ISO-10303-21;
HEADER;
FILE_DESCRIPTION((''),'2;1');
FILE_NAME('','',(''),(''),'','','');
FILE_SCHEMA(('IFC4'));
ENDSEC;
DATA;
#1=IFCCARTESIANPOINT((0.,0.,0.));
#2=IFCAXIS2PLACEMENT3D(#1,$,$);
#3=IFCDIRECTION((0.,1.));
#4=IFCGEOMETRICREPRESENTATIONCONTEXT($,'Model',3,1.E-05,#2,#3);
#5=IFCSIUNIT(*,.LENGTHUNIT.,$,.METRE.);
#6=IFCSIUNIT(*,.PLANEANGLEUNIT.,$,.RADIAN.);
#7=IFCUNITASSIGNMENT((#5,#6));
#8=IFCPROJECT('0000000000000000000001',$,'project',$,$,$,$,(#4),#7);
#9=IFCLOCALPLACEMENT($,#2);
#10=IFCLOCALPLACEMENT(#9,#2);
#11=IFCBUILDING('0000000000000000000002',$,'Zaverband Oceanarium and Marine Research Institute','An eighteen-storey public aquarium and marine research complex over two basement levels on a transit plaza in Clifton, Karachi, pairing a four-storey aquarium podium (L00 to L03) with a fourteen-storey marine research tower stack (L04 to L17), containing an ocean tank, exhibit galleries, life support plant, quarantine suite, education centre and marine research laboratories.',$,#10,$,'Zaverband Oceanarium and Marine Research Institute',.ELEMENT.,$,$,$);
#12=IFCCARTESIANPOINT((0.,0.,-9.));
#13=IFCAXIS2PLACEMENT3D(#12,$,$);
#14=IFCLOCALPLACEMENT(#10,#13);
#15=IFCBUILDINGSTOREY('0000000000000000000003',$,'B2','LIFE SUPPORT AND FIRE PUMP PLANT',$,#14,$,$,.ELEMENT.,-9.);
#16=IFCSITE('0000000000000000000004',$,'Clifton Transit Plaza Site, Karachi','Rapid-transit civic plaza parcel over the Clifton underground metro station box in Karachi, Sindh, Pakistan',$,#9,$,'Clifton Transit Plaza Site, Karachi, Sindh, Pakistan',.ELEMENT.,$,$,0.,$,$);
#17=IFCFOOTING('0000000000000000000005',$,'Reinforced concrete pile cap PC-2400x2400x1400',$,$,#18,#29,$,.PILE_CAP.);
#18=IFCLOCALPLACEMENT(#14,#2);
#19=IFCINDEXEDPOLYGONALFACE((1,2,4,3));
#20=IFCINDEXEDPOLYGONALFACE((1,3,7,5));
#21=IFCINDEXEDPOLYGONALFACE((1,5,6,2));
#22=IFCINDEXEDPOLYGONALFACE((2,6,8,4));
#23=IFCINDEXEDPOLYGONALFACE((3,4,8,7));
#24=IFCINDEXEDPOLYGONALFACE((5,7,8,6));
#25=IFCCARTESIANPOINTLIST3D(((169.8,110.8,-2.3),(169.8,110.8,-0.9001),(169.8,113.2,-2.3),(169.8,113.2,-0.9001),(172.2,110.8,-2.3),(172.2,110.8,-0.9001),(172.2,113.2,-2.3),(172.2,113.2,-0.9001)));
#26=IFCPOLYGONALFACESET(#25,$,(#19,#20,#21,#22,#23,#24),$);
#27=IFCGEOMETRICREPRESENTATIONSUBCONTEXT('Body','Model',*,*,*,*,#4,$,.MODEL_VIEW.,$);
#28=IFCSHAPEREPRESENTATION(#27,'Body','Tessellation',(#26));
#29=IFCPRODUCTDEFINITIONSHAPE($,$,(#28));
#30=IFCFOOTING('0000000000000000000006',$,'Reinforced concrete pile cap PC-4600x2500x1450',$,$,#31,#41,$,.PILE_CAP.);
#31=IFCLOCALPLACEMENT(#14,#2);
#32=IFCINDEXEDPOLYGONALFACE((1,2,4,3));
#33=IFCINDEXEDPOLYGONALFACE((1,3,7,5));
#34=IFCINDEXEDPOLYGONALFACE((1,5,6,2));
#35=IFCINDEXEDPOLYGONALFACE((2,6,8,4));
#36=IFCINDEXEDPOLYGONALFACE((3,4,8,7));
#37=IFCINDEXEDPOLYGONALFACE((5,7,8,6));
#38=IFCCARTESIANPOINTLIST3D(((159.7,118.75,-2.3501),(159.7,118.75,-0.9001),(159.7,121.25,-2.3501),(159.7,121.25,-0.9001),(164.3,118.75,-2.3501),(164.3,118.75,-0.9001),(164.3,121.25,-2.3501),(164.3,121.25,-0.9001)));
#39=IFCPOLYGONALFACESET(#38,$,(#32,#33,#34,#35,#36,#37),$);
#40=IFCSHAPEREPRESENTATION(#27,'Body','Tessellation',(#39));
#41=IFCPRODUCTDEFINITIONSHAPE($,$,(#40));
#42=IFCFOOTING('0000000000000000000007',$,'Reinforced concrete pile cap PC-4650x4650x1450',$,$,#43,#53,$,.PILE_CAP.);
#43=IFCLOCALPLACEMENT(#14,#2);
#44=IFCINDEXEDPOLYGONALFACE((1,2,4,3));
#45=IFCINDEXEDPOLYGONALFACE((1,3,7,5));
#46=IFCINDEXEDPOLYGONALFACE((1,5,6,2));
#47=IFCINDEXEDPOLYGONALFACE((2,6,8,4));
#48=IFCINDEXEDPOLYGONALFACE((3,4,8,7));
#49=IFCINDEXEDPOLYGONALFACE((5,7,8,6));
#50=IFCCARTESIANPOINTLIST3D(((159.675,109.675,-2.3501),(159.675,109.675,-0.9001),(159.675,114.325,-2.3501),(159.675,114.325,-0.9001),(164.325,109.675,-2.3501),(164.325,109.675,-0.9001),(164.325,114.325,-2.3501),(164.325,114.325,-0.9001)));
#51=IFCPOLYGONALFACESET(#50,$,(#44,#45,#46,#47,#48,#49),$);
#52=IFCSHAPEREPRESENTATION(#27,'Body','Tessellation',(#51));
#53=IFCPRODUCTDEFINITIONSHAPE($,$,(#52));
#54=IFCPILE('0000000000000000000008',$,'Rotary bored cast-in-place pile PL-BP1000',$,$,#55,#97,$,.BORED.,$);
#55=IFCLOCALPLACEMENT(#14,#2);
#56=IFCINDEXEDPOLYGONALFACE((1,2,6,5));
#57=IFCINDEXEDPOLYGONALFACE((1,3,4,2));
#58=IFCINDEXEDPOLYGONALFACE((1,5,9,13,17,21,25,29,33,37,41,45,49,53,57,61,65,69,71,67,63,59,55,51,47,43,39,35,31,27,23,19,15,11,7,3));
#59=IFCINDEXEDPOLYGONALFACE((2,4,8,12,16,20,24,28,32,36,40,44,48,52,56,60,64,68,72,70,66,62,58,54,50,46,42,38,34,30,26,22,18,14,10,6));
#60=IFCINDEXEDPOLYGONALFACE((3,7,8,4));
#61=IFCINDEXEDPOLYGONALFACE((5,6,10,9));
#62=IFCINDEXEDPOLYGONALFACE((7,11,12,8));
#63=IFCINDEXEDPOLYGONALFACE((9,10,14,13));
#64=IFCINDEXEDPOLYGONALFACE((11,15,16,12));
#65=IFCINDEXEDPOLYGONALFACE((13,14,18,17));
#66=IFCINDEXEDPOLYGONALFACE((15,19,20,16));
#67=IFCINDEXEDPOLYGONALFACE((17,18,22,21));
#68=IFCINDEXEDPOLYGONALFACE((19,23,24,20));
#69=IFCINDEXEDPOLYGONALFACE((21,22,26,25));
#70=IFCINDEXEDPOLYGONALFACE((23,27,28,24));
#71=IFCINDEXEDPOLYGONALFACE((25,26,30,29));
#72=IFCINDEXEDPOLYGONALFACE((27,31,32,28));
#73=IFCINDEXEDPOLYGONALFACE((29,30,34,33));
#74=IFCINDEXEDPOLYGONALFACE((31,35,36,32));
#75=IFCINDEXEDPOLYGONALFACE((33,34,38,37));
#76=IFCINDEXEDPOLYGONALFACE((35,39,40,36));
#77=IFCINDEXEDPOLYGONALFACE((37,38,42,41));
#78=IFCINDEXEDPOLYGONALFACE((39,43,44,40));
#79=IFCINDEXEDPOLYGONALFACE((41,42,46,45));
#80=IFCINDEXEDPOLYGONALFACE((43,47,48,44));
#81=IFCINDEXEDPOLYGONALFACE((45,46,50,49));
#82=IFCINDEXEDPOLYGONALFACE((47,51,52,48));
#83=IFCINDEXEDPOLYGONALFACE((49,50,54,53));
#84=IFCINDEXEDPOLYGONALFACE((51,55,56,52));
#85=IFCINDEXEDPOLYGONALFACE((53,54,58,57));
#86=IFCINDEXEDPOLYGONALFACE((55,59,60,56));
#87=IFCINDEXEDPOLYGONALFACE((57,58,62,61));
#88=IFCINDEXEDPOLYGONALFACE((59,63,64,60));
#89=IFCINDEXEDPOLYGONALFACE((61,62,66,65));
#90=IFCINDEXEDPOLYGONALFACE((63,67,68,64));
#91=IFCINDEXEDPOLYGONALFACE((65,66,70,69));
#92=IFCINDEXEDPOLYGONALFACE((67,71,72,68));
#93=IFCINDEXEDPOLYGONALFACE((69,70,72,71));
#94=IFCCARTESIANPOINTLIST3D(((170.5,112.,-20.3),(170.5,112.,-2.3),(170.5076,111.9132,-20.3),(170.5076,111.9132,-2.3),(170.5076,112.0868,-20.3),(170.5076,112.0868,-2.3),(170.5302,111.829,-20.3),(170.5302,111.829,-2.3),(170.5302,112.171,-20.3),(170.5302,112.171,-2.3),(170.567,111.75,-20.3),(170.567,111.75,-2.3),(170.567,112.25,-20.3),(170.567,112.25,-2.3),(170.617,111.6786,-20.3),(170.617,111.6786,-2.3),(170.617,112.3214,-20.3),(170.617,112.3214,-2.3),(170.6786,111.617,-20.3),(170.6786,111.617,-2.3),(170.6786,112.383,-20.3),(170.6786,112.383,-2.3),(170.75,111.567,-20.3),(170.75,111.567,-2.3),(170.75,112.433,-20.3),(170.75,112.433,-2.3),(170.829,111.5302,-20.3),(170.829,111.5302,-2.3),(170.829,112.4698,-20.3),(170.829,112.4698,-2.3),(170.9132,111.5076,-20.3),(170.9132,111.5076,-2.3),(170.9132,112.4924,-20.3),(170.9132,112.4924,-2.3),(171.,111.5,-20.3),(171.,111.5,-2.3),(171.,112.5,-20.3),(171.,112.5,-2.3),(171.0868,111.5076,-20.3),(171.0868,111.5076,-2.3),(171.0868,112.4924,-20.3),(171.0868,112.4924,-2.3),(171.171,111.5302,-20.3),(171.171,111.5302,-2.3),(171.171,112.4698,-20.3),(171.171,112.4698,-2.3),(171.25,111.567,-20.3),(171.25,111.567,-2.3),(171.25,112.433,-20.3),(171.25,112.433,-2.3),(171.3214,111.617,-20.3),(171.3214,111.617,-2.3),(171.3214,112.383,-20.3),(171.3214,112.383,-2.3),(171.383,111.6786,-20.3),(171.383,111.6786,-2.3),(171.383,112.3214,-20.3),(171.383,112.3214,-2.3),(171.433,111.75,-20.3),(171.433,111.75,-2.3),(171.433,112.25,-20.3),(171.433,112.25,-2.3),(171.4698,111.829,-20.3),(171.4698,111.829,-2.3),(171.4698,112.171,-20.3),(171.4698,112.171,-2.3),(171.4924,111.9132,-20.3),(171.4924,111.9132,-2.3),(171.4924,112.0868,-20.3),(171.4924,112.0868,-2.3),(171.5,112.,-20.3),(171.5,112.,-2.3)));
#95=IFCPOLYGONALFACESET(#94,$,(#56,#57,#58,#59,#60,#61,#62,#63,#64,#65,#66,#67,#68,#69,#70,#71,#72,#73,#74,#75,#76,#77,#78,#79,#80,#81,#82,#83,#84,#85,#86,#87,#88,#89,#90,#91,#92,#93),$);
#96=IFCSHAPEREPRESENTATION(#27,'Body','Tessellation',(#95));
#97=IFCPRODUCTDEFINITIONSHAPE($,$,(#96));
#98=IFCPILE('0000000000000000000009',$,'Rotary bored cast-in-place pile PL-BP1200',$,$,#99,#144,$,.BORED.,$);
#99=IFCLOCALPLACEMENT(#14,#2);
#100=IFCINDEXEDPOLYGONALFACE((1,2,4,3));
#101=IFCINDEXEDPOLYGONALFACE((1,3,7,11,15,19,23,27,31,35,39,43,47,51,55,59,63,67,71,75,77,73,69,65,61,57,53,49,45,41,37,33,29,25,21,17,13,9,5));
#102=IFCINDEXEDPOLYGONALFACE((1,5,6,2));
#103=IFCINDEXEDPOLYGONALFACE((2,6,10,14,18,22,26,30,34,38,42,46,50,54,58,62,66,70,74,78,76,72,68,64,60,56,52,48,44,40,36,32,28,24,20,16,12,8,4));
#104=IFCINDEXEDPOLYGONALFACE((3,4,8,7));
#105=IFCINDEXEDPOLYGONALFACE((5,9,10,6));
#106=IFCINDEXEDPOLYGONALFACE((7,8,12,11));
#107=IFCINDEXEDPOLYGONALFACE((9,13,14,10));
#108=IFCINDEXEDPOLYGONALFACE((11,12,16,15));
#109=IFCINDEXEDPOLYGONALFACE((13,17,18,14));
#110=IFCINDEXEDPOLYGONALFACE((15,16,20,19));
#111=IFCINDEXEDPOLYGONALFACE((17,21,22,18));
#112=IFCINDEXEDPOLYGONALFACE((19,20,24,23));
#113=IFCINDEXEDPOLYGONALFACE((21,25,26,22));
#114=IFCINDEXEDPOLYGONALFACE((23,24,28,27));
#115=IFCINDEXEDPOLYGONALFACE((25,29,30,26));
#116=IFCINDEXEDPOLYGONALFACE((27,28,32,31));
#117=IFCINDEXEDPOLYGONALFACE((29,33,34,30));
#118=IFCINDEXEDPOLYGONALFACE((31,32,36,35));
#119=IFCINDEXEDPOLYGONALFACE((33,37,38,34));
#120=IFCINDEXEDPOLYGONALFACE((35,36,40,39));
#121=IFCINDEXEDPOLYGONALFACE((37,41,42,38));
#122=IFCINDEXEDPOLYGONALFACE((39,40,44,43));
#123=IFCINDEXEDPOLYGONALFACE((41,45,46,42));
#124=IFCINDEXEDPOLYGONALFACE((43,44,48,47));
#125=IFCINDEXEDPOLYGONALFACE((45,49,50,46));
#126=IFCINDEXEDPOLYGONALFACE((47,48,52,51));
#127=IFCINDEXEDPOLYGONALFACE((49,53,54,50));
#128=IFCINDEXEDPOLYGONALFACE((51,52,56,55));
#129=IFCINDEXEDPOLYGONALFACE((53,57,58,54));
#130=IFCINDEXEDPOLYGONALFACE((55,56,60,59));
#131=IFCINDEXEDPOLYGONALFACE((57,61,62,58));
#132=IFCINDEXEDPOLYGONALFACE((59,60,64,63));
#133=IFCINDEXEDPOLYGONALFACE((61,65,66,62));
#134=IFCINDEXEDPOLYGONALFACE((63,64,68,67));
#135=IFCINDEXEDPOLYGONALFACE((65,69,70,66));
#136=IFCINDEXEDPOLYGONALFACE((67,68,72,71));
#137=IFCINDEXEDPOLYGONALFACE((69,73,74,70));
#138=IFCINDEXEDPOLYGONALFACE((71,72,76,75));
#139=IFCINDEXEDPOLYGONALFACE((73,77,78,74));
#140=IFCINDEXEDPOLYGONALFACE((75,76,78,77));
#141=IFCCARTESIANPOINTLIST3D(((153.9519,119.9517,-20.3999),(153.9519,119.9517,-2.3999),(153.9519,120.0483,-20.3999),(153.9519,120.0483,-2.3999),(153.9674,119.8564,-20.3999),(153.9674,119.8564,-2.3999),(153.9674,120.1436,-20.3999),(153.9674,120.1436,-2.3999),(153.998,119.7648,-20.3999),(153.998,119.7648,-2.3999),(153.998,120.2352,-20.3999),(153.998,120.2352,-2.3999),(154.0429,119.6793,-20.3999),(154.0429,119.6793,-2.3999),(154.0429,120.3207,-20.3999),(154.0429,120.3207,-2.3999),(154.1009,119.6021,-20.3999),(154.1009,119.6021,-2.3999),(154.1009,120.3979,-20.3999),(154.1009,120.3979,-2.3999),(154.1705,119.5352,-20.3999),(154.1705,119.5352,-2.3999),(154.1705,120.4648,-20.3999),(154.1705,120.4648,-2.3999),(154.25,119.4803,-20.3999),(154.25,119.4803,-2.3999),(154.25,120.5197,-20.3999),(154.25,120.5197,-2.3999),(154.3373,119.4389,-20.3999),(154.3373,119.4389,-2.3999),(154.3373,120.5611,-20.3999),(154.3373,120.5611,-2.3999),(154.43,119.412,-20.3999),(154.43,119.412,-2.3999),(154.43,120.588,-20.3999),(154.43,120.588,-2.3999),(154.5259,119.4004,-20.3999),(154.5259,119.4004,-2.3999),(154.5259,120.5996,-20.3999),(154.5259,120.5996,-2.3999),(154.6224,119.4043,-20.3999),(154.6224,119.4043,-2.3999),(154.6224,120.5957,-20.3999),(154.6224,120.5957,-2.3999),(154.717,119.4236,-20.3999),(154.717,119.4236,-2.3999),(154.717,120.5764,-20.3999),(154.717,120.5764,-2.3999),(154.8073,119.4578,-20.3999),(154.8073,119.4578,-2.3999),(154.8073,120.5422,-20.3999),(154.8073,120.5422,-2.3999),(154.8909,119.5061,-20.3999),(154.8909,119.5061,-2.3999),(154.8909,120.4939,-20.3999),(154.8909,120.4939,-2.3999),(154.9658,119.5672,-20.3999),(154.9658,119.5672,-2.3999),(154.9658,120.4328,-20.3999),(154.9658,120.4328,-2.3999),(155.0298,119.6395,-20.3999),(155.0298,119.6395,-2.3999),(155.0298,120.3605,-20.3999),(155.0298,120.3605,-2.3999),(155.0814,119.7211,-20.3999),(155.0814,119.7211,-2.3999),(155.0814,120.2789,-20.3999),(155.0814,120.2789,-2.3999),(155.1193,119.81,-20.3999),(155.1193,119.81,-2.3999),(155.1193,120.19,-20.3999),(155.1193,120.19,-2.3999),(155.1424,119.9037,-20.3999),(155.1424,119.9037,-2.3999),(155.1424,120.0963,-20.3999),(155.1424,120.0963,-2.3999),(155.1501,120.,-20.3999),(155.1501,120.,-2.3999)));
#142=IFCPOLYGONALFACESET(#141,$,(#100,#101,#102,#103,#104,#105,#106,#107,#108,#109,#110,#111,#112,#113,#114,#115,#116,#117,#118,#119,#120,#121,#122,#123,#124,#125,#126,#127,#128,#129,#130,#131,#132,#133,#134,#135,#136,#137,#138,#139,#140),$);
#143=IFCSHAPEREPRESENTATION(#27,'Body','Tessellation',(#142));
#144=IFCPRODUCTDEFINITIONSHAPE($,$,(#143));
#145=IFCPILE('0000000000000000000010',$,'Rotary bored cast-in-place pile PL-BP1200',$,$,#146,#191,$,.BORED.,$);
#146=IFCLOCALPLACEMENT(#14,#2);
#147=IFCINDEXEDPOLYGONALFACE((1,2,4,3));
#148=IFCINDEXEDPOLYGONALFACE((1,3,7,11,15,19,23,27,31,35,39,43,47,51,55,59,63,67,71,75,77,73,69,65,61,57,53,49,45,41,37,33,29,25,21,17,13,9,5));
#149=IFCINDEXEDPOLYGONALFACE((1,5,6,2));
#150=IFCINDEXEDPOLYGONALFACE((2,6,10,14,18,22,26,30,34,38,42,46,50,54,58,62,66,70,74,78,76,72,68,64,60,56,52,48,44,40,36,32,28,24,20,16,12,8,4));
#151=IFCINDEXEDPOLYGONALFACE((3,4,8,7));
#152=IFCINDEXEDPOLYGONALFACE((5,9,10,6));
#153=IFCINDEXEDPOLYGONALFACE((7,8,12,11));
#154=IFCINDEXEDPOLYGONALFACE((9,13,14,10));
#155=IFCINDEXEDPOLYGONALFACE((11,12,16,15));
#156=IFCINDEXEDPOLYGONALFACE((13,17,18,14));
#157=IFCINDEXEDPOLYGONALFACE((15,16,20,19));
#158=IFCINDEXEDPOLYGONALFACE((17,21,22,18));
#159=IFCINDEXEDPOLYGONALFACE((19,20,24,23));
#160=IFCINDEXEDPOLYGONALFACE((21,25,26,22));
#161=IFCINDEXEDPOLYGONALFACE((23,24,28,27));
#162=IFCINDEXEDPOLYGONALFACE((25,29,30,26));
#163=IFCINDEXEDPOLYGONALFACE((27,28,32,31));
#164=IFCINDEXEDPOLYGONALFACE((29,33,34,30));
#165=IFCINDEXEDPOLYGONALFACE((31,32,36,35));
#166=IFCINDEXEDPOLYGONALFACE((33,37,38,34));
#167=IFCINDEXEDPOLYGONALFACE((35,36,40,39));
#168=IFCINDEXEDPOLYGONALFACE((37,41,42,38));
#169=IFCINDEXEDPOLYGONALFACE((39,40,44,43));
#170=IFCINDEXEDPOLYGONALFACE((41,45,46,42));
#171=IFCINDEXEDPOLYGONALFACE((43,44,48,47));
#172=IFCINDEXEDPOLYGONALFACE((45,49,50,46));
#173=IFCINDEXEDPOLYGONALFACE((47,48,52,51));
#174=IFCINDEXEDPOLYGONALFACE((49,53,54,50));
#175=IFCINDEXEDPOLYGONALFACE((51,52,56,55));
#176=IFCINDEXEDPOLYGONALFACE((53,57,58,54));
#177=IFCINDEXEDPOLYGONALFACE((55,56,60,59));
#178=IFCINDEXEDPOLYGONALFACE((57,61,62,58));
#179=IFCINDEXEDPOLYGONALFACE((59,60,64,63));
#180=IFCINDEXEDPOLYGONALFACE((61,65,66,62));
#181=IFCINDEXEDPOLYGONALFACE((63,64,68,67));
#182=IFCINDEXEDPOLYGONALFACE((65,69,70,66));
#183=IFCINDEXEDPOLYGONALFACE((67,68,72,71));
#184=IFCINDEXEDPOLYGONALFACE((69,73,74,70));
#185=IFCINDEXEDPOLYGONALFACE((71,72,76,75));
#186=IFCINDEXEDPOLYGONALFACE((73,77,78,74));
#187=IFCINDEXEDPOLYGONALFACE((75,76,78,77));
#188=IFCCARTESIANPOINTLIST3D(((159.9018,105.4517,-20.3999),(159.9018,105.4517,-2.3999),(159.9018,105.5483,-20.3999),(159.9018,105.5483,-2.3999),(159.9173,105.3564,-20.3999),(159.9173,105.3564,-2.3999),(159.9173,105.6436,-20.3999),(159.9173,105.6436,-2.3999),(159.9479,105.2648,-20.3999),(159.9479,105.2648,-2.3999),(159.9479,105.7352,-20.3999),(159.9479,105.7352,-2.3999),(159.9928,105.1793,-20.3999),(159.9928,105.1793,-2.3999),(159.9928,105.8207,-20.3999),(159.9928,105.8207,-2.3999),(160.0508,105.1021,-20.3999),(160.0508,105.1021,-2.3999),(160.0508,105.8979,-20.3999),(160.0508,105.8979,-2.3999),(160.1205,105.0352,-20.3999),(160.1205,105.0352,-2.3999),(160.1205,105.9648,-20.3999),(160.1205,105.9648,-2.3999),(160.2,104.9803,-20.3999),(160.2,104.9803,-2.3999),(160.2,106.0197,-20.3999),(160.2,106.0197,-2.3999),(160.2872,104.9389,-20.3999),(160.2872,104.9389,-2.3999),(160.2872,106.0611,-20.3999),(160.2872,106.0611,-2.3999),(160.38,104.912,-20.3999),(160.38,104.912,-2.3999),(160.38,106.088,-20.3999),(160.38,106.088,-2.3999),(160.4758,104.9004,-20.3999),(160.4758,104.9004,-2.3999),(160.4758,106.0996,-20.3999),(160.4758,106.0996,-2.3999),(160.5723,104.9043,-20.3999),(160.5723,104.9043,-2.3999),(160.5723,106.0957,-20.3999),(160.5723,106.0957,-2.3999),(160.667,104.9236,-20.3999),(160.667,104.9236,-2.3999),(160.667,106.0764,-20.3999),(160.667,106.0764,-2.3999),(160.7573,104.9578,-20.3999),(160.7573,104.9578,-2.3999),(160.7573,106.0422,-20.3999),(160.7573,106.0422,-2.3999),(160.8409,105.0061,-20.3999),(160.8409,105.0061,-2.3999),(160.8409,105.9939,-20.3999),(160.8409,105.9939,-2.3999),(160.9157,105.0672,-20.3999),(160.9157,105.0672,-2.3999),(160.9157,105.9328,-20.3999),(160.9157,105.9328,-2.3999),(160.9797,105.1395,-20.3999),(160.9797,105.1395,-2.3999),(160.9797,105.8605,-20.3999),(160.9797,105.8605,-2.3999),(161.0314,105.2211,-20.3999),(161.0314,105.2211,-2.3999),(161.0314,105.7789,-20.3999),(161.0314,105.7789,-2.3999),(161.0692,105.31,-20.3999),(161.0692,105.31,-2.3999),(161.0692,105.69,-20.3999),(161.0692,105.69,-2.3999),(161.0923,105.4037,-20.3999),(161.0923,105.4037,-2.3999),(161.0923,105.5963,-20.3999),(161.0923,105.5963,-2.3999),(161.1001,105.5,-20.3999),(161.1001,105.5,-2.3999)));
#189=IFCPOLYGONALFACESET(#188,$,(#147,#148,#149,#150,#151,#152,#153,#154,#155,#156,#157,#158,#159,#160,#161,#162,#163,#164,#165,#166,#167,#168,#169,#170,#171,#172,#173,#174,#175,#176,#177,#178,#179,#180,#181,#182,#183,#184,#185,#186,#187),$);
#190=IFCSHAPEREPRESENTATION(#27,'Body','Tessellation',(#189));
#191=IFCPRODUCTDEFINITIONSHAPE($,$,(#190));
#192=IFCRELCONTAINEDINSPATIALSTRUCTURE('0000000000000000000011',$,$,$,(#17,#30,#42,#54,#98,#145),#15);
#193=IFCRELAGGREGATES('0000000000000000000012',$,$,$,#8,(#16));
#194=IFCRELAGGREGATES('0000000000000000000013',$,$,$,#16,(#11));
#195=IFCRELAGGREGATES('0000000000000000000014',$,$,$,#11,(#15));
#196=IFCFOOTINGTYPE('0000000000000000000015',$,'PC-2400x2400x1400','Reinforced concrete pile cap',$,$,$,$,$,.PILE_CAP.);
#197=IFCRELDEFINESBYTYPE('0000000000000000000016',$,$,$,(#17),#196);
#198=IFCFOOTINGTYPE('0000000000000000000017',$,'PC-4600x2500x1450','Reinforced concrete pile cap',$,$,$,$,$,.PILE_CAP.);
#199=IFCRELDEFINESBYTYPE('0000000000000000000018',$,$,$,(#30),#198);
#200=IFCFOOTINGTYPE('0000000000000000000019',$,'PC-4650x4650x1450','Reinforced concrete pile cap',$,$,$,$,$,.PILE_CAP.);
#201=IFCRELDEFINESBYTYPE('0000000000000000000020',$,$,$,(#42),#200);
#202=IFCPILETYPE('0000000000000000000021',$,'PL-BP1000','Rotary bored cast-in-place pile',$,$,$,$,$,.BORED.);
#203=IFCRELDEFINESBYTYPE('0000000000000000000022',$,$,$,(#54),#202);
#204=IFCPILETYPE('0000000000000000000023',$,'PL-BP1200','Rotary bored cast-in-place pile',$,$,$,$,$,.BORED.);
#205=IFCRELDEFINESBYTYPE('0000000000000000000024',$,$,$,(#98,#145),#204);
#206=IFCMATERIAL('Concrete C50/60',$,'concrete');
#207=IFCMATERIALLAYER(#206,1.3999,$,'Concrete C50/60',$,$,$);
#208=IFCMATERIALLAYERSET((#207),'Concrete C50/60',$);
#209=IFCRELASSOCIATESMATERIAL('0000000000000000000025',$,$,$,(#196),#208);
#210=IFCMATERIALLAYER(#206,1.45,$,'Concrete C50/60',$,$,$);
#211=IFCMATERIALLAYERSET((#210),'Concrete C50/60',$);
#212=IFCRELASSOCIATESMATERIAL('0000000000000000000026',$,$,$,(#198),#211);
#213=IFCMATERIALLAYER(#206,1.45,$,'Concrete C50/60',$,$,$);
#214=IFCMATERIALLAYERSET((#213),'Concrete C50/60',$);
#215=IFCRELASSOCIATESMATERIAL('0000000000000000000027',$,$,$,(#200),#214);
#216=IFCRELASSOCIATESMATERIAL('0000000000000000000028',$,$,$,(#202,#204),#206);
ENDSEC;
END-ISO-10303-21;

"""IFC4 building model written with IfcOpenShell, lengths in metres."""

from ifc_helpers import new_model, si_unit, direction, frame, origin, origin_2d, place, context, subcontext, project, spatial, rectangle, circle, extrude, material, layer, layer_set, material_profile, profile_set, type_object, element, save


model = new_model("IFC4")

# Units and contexts
model_context = context("Model", 3, precision=1e-05, world=origin(), true_north=direction((0.0, 1.0)))
body_context = subcontext(model_context, "Body", "Model", "MODEL_VIEW")
ifc_project = project(units=[si_unit("LENGTHUNIT", "METRE"), si_unit("PLANEANGLEUNIT", "RADIAN")], contexts=[model_context])

# Site, building, storey
site_placement = place(None, origin())
site = spatial("IfcSite", under=ifc_project, at=site_placement, Name="Clifton Transit Plaza Site, Karachi", Description="Rapid-transit civic plaza parcel over the Clifton underground metro station box in Karachi, Sindh, Pakistan", LongName="Clifton Transit Plaza Site, Karachi, Sindh, Pakistan", CompositionType="ELEMENT", RefElevation=0.0)
building_placement = place(site_placement, origin())
building = spatial("IfcBuilding", under=site, at=building_placement, Name="Zaverband Oceanarium and Marine Research Institute", Description="An eighteen-storey public aquarium and marine research complex over two basement levels on a transit plaza in Clifton, Karachi, pairing a four-storey aquarium podium (L00 to L03) with a fourteen-storey marine research tower stack (L04 to L17), containing an ocean tank, exhibit galleries, life support plant, quarantine suite, education centre and marine research laboratories.", LongName="Zaverband Oceanarium and Marine Research Institute", CompositionType="ELEMENT")
storey_placement = place(building_placement, frame((0.0, 0.0, -9.0)))
storey = spatial("IfcBuildingStorey", under=building, at=storey_placement, Name="B2", Description="LIFE SUPPORT AND FIRE PUMP PLANT", CompositionType="ELEMENT", Elevation=-9.0)

# Footings
ifc_material_1 = material(Name="Concrete C50/60", Category="concrete")
ifc_layer_1 = layer(ifc_material_1, 1.3999, Name="Concrete C50/60")
ifc_layer_set_1 = layer_set([ifc_layer_1], Name="Concrete C50/60")
footing_type_1 = type_object("IfcFootingType", Name="PC-2400x2400x1400", Description="Reinforced concrete pile cap", PredefinedType="PILE_CAP", material=ifc_layer_set_1)
footing_1_placement = place(storey_placement, frame((171.0, 112.0, -2.3), z_axis=(0.0, 0.0, 1.0), x_axis=(1.0, 0.0, 0.0)))
element("IfcFooting", 1, at=footing_1_placement, inside=storey, type_object=footing_type_1, Name="Reinforced concrete pile cap PC-2400x2400x1400", PredefinedType="PILE_CAP", context=body_context, shape_type="SweptSolid", body=[
    extrude(rectangle(XDim=2.3999, YDim=2.3999, at=origin_2d()), origin(), (0.0, 0.0, 1.0), 1.3999),
])
ifc_layer_2 = layer(ifc_material_1, 1.45, Name="Concrete C50/60")
ifc_layer_set_2 = layer_set([ifc_layer_2], Name="Concrete C50/60")
footing_type_2 = type_object("IfcFootingType", Name="PC-4600x2500x1450", Description="Reinforced concrete pile cap", PredefinedType="PILE_CAP", material=ifc_layer_set_2)
footing_2_placement = place(storey_placement, frame((162.0, 120.0, -2.3501), z_axis=(0.0, 0.0, 1.0), x_axis=(1.0, 0.0, 0.0)))
element("IfcFooting", 2, at=footing_2_placement, inside=storey, type_object=footing_type_2, Name="Reinforced concrete pile cap PC-4600x2500x1450", PredefinedType="PILE_CAP", context=body_context, shape_type="SweptSolid", body=[
    extrude(rectangle(XDim=4.6001, YDim=2.5, at=origin_2d()), origin(), (0.0, 0.0, 1.0), 1.45),
])
ifc_layer_3 = layer(ifc_material_1, 1.45, Name="Concrete C50/60")
ifc_layer_set_3 = layer_set([ifc_layer_3], Name="Concrete C50/60")
footing_type_3 = type_object("IfcFootingType", Name="PC-4650x4650x1450", Description="Reinforced concrete pile cap", PredefinedType="PILE_CAP", material=ifc_layer_set_3)
footing_3_placement = place(storey_placement, frame((162.0, 112.0, -2.3501), z_axis=(0.0, 0.0, 1.0), x_axis=(1.0, 0.0, 0.0)))
element("IfcFooting", 3, at=footing_3_placement, inside=storey, type_object=footing_type_3, Name="Reinforced concrete pile cap PC-4650x4650x1450", PredefinedType="PILE_CAP", context=body_context, shape_type="SweptSolid", body=[
    extrude(rectangle(XDim=4.6499, YDim=4.6499, at=origin_2d()), origin(), (0.0, 0.0, 1.0), 1.45),
])

# Piles
ifc_material_profile_1 = material_profile(ifc_material_1, circle(Radius=0.5, at=origin_2d()), Name="BP1000")
ifc_profile_set_1 = profile_set([ifc_material_profile_1], Name="Concrete C50/60")
pile_type_1 = type_object("IfcPileType", Name="PL-BP1000", Description="Rotary bored cast-in-place pile", PredefinedType="BORED", material=ifc_profile_set_1)
pile_placement = place(storey_placement, frame((171.0, 112.0, -2.3), z_axis=(0.0, 0.0, -1.0), x_axis=(1.0, 0.0, 0.0)))
element("IfcPile", 4, at=pile_placement, inside=storey, type_object=pile_type_1, Name="Rotary bored cast-in-place pile PL-BP1000", PredefinedType="BORED", context=body_context, shape_type="SweptSolid", body=[
    extrude(circle(Radius=0.5, at=origin_2d()), origin(), (0.0, 0.0, 1.0), 18.0),
])
ifc_material_profile_2 = material_profile(ifc_material_1, circle(Radius=0.6001, at=origin_2d()), Name="BP1200")
ifc_profile_set_2 = profile_set([ifc_material_profile_2], Name="Concrete C50/60")
pile_type_2 = type_object("IfcPileType", Name="PL-BP1200", Description="Rotary bored cast-in-place pile", PredefinedType="BORED", material=ifc_profile_set_2)
for number, where, z_axis, x_axis, name in (
    (5, (154.55, 120.0, -2.3999), (0.0, 0.0, -1.0), (1.0, 0.0, 0.0), "Rotary bored cast-in-place pile PL-BP1200"),
    (6, (160.5, 105.5, -2.3999), (0.0, 0.0, -1.0), (1.0, 0.0, 0.0), "Rotary bored cast-in-place pile PL-BP1200"),
):
    element("IfcPile", number, at=place(storey_placement, frame(where, z_axis=z_axis, x_axis=x_axis)), inside=storey, type_object=pile_type_2, Name=name, PredefinedType="BORED", context=body_context, shape_type="SweptSolid", body=[
        extrude(circle(Radius=0.6001, at=origin_2d()), origin(), (0.0, 0.0, 1.0), 18.0),
    ])

save(model, "model.ifc")
